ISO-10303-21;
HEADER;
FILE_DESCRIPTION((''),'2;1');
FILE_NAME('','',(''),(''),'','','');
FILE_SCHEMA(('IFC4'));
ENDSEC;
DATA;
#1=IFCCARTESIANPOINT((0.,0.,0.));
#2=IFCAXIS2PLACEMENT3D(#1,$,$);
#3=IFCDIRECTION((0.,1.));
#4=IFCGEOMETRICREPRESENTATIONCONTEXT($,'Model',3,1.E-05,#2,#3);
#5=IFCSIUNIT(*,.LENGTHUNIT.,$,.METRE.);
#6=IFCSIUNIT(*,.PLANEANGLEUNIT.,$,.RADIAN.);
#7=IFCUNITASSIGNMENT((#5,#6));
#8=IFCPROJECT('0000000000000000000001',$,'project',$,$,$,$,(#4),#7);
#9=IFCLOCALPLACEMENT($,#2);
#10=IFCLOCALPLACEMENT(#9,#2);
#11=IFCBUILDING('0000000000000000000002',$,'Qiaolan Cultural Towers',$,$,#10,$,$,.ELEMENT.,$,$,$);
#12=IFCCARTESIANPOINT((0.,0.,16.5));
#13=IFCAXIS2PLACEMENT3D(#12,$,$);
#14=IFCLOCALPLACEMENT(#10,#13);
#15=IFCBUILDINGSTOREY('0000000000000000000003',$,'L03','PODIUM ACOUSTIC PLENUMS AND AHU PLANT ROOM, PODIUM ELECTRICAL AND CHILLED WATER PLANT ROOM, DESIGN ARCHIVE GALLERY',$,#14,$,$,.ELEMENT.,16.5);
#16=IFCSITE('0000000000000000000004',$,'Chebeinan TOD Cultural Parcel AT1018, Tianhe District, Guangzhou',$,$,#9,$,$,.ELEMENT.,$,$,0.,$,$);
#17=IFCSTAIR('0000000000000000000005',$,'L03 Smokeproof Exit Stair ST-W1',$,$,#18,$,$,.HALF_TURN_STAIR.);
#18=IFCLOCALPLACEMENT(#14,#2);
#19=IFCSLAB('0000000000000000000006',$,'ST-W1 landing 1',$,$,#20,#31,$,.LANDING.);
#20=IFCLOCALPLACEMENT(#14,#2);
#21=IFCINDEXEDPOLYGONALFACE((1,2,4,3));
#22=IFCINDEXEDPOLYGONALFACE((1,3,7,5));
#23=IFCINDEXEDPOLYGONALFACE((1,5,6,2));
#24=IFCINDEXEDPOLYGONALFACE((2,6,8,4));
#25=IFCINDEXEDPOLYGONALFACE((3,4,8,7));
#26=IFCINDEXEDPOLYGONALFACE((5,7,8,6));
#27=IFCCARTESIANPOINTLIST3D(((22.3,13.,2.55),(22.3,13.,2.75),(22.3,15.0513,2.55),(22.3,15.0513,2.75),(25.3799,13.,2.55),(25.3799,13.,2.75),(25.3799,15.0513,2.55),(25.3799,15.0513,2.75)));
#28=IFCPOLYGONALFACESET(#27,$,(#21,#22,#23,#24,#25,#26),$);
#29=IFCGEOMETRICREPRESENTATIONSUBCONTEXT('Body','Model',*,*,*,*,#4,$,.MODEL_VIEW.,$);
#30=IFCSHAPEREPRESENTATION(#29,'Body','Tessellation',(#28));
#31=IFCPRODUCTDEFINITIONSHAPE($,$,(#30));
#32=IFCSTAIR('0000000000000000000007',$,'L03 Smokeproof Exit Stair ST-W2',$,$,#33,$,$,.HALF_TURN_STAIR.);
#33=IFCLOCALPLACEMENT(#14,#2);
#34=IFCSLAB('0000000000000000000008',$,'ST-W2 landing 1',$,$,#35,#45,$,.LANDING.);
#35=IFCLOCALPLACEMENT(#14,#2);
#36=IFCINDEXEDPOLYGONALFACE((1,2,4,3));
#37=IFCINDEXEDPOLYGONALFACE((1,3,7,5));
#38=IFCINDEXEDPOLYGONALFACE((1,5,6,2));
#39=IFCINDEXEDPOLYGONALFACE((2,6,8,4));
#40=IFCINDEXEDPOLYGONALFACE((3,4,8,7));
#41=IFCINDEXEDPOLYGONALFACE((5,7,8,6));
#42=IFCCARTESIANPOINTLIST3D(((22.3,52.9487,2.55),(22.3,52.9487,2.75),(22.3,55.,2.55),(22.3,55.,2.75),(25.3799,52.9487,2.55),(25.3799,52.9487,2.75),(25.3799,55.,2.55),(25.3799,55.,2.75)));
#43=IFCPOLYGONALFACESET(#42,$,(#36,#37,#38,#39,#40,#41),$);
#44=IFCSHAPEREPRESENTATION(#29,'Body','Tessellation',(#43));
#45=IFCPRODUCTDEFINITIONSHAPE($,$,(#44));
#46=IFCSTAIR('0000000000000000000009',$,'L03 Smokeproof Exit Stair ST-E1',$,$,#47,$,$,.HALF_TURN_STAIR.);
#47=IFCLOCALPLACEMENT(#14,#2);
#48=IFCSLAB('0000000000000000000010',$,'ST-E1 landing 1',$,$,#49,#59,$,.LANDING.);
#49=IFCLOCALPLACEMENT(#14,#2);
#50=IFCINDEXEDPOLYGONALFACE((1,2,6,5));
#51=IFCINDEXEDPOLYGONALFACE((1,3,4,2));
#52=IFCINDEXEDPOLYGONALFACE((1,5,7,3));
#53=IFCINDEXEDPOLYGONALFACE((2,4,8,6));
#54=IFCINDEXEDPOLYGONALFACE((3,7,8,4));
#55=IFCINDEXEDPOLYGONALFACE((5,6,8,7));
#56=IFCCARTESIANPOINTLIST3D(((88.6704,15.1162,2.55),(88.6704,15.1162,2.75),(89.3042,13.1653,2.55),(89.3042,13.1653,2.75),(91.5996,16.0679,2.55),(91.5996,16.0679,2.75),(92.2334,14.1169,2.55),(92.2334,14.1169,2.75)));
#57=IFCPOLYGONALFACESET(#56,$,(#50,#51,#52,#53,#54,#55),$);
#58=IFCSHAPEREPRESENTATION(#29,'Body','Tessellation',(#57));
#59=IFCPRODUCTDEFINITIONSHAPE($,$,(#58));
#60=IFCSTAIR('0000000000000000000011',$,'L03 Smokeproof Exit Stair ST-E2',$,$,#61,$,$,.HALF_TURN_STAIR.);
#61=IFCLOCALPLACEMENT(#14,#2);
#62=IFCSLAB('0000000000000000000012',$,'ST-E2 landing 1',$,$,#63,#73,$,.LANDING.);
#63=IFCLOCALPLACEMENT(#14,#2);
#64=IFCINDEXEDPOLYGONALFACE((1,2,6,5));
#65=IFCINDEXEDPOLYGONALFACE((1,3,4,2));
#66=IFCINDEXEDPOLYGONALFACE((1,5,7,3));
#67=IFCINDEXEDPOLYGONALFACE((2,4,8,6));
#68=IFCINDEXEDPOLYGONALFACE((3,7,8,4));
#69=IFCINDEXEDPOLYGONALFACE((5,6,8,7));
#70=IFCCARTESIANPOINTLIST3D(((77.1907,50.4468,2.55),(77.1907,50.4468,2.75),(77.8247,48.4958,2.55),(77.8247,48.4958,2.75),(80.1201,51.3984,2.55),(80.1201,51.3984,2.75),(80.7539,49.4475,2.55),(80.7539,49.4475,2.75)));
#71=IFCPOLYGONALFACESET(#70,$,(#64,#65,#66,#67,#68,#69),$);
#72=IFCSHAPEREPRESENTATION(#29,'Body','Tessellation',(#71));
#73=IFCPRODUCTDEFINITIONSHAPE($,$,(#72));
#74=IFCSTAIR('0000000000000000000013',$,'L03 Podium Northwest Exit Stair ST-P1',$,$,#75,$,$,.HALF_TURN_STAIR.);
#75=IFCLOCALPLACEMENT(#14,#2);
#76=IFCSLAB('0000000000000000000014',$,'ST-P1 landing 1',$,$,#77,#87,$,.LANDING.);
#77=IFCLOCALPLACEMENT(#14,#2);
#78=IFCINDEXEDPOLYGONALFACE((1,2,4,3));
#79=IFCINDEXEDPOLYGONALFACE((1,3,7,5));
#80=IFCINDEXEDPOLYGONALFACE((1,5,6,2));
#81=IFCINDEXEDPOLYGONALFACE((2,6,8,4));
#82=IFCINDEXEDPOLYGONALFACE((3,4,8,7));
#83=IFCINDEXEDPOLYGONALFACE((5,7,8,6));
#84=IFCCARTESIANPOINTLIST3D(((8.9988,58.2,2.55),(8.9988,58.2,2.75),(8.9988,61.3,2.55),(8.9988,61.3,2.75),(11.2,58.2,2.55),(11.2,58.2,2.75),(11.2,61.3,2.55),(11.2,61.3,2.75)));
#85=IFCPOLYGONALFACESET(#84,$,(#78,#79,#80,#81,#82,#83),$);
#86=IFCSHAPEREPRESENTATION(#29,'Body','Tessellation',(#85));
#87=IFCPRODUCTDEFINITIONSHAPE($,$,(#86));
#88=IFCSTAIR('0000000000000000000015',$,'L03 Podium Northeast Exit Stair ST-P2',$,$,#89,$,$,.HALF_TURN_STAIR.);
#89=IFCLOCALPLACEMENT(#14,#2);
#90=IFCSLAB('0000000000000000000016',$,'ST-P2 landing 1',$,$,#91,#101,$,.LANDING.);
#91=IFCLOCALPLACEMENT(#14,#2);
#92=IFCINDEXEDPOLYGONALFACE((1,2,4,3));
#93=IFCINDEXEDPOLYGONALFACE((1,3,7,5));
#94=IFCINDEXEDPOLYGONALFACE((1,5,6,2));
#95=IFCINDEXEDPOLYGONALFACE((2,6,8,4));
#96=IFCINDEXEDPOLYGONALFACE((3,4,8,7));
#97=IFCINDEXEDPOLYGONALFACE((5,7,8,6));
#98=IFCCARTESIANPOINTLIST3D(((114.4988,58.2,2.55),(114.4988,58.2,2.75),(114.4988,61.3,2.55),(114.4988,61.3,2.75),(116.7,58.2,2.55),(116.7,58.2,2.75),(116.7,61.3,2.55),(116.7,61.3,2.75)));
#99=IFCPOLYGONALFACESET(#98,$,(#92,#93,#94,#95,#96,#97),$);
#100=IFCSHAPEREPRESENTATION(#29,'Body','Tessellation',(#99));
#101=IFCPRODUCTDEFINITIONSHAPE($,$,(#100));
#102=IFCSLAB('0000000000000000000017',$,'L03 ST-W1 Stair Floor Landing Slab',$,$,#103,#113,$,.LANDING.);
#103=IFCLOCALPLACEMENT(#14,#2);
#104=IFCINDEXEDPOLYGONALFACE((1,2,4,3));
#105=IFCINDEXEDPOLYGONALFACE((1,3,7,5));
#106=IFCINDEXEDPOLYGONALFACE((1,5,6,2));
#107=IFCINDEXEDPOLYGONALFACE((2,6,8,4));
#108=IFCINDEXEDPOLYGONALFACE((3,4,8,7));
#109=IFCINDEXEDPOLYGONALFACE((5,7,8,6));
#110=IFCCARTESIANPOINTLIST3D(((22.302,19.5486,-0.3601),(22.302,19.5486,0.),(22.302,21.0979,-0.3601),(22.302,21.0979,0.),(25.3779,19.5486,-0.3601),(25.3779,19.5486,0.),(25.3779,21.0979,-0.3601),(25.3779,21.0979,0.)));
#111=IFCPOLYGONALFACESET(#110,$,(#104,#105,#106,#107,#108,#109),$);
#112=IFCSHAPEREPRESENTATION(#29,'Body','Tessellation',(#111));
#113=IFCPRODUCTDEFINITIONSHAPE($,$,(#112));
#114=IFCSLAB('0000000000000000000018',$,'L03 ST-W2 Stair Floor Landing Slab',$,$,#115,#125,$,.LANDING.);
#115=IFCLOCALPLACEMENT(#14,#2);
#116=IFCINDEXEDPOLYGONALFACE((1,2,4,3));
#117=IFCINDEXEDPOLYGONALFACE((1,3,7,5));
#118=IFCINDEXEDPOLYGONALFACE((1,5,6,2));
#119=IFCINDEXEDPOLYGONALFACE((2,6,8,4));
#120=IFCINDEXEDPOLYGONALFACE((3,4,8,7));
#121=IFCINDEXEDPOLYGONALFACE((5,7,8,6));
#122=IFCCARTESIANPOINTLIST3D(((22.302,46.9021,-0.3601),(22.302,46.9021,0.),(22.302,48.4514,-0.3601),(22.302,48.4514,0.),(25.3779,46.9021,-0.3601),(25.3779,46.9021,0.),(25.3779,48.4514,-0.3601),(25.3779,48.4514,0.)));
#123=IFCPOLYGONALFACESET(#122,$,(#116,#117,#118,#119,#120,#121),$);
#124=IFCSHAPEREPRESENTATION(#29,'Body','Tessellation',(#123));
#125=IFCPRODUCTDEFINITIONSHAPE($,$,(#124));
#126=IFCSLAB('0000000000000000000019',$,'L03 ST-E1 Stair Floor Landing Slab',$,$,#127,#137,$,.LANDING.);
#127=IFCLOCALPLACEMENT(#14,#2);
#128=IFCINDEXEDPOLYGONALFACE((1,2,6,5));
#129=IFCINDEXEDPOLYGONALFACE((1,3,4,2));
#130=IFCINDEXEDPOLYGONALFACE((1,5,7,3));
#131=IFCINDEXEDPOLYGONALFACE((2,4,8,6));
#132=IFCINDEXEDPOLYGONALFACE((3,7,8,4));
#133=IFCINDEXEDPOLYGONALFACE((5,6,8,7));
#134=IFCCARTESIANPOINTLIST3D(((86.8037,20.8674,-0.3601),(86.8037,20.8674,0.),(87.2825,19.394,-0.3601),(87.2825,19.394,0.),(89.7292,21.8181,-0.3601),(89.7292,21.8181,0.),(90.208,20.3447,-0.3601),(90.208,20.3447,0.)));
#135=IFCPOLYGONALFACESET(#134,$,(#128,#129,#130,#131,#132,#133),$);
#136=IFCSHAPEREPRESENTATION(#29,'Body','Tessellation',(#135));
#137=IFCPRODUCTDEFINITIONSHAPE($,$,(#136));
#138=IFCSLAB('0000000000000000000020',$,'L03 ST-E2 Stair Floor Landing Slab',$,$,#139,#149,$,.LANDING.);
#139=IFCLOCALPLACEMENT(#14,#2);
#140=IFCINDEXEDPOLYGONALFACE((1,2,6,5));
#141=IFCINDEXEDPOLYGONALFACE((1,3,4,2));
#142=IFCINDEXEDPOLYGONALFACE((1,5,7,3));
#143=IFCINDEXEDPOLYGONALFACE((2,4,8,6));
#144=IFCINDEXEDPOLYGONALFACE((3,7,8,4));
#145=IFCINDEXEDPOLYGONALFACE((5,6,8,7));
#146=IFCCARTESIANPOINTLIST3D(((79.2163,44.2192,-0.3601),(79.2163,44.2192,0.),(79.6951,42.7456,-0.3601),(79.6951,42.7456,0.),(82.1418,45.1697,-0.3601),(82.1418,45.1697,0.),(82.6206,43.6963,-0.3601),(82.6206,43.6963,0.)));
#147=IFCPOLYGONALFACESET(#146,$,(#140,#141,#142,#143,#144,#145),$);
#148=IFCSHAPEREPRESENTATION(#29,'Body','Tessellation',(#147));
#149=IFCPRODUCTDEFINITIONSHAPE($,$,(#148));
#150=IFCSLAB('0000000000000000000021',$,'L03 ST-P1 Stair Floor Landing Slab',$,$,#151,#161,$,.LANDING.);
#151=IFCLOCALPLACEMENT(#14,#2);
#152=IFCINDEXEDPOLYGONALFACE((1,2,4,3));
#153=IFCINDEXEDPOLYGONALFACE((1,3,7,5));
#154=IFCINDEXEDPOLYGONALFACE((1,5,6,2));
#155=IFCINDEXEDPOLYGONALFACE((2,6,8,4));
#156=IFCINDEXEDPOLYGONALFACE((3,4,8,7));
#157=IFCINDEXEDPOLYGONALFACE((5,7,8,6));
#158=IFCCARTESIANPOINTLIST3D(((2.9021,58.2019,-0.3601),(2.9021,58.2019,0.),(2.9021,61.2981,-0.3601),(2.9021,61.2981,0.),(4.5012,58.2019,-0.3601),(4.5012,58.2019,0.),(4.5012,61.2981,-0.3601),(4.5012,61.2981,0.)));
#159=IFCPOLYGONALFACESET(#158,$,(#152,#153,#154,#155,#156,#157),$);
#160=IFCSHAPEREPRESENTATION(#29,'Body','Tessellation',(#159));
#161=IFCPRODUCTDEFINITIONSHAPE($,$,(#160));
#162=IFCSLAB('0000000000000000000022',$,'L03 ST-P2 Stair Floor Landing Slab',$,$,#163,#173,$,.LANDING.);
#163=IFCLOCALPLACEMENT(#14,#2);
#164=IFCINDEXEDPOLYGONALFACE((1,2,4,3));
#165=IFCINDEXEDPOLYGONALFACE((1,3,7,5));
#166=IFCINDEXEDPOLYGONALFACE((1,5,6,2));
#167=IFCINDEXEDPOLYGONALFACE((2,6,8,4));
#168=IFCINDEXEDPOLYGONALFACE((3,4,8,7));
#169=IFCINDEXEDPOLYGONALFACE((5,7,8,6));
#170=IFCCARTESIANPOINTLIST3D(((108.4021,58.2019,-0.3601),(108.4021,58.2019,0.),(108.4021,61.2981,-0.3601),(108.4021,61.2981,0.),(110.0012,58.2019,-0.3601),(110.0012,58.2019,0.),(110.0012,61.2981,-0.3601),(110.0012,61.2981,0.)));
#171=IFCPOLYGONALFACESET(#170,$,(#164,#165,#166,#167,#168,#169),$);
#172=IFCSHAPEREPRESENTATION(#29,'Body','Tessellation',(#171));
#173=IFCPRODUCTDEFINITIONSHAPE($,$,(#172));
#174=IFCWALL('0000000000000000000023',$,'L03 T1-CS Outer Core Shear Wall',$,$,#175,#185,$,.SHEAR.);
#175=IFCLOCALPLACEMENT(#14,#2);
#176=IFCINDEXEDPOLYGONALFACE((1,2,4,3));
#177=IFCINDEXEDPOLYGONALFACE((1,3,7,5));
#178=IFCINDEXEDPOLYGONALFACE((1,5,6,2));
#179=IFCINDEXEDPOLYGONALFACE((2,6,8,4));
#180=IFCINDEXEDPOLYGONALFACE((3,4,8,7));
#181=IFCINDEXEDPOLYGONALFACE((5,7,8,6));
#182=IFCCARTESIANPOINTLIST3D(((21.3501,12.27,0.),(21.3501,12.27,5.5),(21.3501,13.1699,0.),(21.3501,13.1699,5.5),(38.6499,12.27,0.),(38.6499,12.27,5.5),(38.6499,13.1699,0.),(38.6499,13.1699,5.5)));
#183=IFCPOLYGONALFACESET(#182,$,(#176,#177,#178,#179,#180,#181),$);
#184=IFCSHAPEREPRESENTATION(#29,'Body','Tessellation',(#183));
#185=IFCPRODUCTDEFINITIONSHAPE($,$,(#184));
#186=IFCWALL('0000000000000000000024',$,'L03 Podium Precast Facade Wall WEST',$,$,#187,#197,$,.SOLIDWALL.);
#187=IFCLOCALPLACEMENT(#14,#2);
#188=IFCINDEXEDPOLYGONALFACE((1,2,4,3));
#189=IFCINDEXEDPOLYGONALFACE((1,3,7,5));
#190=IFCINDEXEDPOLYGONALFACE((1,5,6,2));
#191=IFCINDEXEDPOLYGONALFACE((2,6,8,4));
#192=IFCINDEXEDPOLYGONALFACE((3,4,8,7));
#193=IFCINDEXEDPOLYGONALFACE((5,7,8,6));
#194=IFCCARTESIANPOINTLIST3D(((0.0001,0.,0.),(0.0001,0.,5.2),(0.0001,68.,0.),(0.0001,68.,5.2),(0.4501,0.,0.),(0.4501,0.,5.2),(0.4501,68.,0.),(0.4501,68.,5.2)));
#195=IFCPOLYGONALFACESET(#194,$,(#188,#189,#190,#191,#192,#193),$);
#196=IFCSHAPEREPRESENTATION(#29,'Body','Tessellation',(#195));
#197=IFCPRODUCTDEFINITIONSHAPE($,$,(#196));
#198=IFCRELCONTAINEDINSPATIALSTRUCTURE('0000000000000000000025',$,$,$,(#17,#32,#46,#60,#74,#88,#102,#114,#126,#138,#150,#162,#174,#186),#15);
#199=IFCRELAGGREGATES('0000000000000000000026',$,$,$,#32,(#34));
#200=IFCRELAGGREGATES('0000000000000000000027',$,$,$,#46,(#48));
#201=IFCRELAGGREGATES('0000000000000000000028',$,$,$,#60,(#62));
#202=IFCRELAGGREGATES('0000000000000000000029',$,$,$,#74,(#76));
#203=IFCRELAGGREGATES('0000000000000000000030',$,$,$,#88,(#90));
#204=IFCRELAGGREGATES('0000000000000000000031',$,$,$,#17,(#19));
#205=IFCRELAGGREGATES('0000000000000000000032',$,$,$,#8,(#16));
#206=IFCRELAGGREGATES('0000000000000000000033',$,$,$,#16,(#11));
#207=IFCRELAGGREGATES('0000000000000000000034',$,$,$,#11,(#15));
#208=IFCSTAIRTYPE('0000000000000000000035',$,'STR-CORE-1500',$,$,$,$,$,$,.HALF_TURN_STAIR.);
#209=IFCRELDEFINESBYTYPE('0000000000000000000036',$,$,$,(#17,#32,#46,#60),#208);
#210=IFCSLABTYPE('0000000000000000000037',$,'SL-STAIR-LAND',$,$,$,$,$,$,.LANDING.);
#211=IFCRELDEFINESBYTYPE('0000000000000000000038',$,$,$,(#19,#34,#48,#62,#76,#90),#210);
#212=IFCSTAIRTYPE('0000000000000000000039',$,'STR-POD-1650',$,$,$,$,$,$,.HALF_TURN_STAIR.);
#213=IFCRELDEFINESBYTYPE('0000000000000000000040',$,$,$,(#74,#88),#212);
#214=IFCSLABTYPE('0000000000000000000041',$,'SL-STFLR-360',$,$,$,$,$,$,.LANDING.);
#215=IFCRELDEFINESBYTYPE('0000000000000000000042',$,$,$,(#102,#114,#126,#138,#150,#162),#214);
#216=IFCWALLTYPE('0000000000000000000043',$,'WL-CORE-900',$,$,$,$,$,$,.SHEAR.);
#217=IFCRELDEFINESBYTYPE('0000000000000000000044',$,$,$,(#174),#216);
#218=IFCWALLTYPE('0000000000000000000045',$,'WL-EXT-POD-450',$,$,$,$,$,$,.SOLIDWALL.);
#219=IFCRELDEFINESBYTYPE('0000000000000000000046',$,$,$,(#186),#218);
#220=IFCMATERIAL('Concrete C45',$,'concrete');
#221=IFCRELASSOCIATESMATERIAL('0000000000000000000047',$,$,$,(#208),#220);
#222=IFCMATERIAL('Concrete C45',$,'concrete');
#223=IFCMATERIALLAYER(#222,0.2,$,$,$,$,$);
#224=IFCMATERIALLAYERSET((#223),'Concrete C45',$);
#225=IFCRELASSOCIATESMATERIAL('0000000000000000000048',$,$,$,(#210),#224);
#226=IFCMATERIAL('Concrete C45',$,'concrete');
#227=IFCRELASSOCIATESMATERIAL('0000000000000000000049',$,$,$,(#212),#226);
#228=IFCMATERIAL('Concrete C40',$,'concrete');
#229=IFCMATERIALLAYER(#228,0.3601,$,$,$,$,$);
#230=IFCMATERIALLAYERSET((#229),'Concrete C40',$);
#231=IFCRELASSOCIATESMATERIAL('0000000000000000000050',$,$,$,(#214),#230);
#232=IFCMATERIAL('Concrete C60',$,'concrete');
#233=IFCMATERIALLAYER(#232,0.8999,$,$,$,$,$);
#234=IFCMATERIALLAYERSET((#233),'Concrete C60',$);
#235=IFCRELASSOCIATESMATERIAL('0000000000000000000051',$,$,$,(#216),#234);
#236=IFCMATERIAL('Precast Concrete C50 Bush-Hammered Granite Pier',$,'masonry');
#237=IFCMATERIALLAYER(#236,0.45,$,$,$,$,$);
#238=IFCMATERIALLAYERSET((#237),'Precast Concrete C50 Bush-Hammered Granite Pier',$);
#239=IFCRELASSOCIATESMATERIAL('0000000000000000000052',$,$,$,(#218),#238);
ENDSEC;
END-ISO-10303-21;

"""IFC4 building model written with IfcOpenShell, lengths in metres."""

from ifc_helpers import new_model, si_unit, direction, frame, frame_2d, origin, place, context, subcontext, project, spatial, polyline, rectangle, outline, extrude, material, layer, layer_set, type_object, element, aggregate, save


model = new_model("IFC4")

# Units and contexts
model_context = context("Model", 3, precision=1e-05, world=origin(), true_north=direction((0.0, 1.0)))
body_context = subcontext(model_context, "Body", "Model", "MODEL_VIEW")
ifc_project = project(units=[si_unit("LENGTHUNIT", "METRE"), si_unit("PLANEANGLEUNIT", "RADIAN")], contexts=[model_context])

# Site, building, storey
site_placement = place(None, origin())
site = spatial("IfcSite", under=ifc_project, at=site_placement, Name="Chebeinan TOD Cultural Parcel AT1018, Tianhe District, Guangzhou", CompositionType="ELEMENT", RefElevation=0.0)
building_placement = place(site_placement, origin())
building = spatial("IfcBuilding", under=site, at=building_placement, Name="Qiaolan Cultural Towers", CompositionType="ELEMENT")
storey_placement = place(building_placement, frame((0.0, 0.0, 16.5)))
storey = spatial("IfcBuildingStorey", under=building, at=storey_placement, Name="L03", Description="PODIUM ACOUSTIC PLENUMS AND AHU PLANT ROOM, PODIUM ELECTRICAL AND CHILLED WATER PLANT ROOM, DESIGN ARCHIVE GALLERY", CompositionType="ELEMENT", Elevation=16.5)

# Stairs, slabs
ifc_material_1 = material(Name="Concrete C45", Category="concrete")
stair_type_1 = type_object("IfcStairType", Name="STR-CORE-1500", PredefinedType="HALF_TURN_STAIR", material=ifc_material_1)
stair_1_placement = place(storey_placement, origin())
stair_1 = element("IfcStair", 1, at=stair_1_placement, inside=storey, type_object=stair_type_1, Name="L03 Smokeproof Exit Stair ST-W1", PredefinedType="HALF_TURN_STAIR")
ifc_material_2 = material(Name="Concrete C45", Category="concrete")
ifc_layer_1 = layer(ifc_material_2, 0.2)
ifc_layer_set_1 = layer_set([ifc_layer_1], Name="Concrete C45")
slab_type_1 = type_object("IfcSlabType", Name="SL-STAIR-LAND", PredefinedType="LANDING", material=ifc_layer_set_1)
slab_1_placement = place(storey_placement, frame((0.0, 0.0, 2.55)))
slab_1 = element("IfcSlab", 2, at=slab_1_placement, type_object=slab_type_1, Name="ST-W1 landing 1", PredefinedType="LANDING", context=body_context, shape_type="SweptSolid", body=[
    extrude(outline(polyline([(22.3, 15.0513), (22.3, 13.0), (25.3799, 13.0), (25.3799, 15.0513), (22.3, 15.0513)])), origin(), (0.0, 0.0, 1.0), 0.2),
])
stair_2_placement = place(storey_placement, origin())
stair_2 = element("IfcStair", 3, at=stair_2_placement, inside=storey, type_object=stair_type_1, Name="L03 Smokeproof Exit Stair ST-W2", PredefinedType="HALF_TURN_STAIR")
slab_2_placement = place(storey_placement, frame((0.0, 0.0, 2.55)))
slab_2 = element("IfcSlab", 4, at=slab_2_placement, type_object=slab_type_1, Name="ST-W2 landing 1", PredefinedType="LANDING", context=body_context, shape_type="SweptSolid", body=[
    extrude(outline(polyline([(25.3799, 52.9487), (25.3799, 55.0), (22.3, 55.0), (22.3, 52.9487), (25.3799, 52.9487)])), origin(), (0.0, 0.0, 1.0), 0.2),
])
aggregate(stair_2, [slab_2])
stair_3_placement = place(storey_placement, origin())
stair_3 = element("IfcStair", 5, at=stair_3_placement, inside=storey, type_object=stair_type_1, Name="L03 Smokeproof Exit Stair ST-E1", PredefinedType="HALF_TURN_STAIR")
slab_3_placement = place(storey_placement, frame((0.0, 0.0, 2.55)))
slab_3 = element("IfcSlab", 6, at=slab_3_placement, type_object=slab_type_1, Name="ST-E1 landing 1", PredefinedType="LANDING", context=body_context, shape_type="SweptSolid", body=[
    extrude(outline(polyline([(88.6704, 15.1162), (89.3042, 13.1653), (92.2334, 14.1169), (91.5996, 16.0679), (88.6704, 15.1162)])), origin(), (0.0, 0.0, 1.0), 0.2),
])
aggregate(stair_3, [slab_3])
stair_4_placement = place(storey_placement, origin())
stair_4 = element("IfcStair", 7, at=stair_4_placement, inside=storey, type_object=stair_type_1, Name="L03 Smokeproof Exit Stair ST-E2", PredefinedType="HALF_TURN_STAIR")
slab_4_placement = place(storey_placement, frame((0.0, 0.0, 2.55)))
slab_4 = element("IfcSlab", 8, at=slab_4_placement, type_object=slab_type_1, Name="ST-E2 landing 1", PredefinedType="LANDING", context=body_context, shape_type="SweptSolid", body=[
    extrude(outline(polyline([(80.7539, 49.4475), (80.1201, 51.3984), (77.1907, 50.4468), (77.8247, 48.4958), (80.7539, 49.4475)])), origin(), (0.0, 0.0, 1.0), 0.2),
])
aggregate(stair_4, [slab_4])
ifc_material_3 = material(Name="Concrete C45", Category="concrete")
stair_type_2 = type_object("IfcStairType", Name="STR-POD-1650", PredefinedType="HALF_TURN_STAIR", material=ifc_material_3)
stair_5_placement = place(storey_placement, origin())
stair_5 = element("IfcStair", 9, at=stair_5_placement, inside=storey, type_object=stair_type_2, Name="L03 Podium Northwest Exit Stair ST-P1", PredefinedType="HALF_TURN_STAIR")
slab_5_placement = place(storey_placement, frame((0.0, 0.0, 2.55)))
slab_5 = element("IfcSlab", 10, at=slab_5_placement, type_object=slab_type_1, Name="ST-P1 landing 1", PredefinedType="LANDING", context=body_context, shape_type="SweptSolid", body=[
    extrude(outline(polyline([(8.9988, 58.2), (11.2, 58.2), (11.2, 61.3), (8.9988, 61.3), (8.9988, 58.2)])), origin(), (0.0, 0.0, 1.0), 0.2),
])
aggregate(stair_5, [slab_5])
stair_6_placement = place(storey_placement, origin())
stair_6 = element("IfcStair", 11, at=stair_6_placement, inside=storey, type_object=stair_type_2, Name="L03 Podium Northeast Exit Stair ST-P2", PredefinedType="HALF_TURN_STAIR")
slab_6_placement = place(storey_placement, frame((0.0, 0.0, 2.55)))
slab_6 = element("IfcSlab", 12, at=slab_6_placement, type_object=slab_type_1, Name="ST-P2 landing 1", PredefinedType="LANDING", context=body_context, shape_type="SweptSolid", body=[
    extrude(outline(polyline([(114.4988, 58.2), (116.7, 58.2), (116.7, 61.3), (114.4988, 61.3), (114.4988, 58.2)])), origin(), (0.0, 0.0, 1.0), 0.2),
])
aggregate(stair_6, [slab_6])

# Slabs
ifc_material_4 = material(Name="Concrete C40", Category="concrete")
ifc_layer_2 = layer(ifc_material_4, 0.3601)
ifc_layer_set_2 = layer_set([ifc_layer_2], Name="Concrete C40")
slab_type_2 = type_object("IfcSlabType", Name="SL-STFLR-360", PredefinedType="LANDING", material=ifc_layer_set_2)
slab_7_placement = place(storey_placement, frame((0.0, 0.0, -0.3601)))
element("IfcSlab", 13, at=slab_7_placement, inside=storey, type_object=slab_type_2, Name="L03 ST-W1 Stair Floor Landing Slab", PredefinedType="LANDING", context=body_context, shape_type="SweptSolid", body=[
    extrude(outline(polyline([(22.302, 21.0979), (22.302, 19.5486), (25.3779, 19.5486), (25.3779, 21.0979), (22.302, 21.0979)])), origin(), (0.0, 0.0, 1.0), 0.3601),
])
slab_8_placement = place(storey_placement, frame((0.0, 0.0, -0.3601)))
element("IfcSlab", 14, at=slab_8_placement, inside=storey, type_object=slab_type_2, Name="L03 ST-W2 Stair Floor Landing Slab", PredefinedType="LANDING", context=body_context, shape_type="SweptSolid", body=[
    extrude(outline(polyline([(25.3779, 46.9021), (25.3779, 48.4514), (22.302, 48.4514), (22.302, 46.9021), (25.3779, 46.9021)])), origin(), (0.0, 0.0, 1.0), 0.3601),
])
slab_9_placement = place(storey_placement, frame((0.0, 0.0, -0.3601)))
element("IfcSlab", 15, at=slab_9_placement, inside=storey, type_object=slab_type_2, Name="L03 ST-E1 Stair Floor Landing Slab", PredefinedType="LANDING", context=body_context, shape_type="SweptSolid", body=[
    extrude(outline(polyline([(86.8037, 20.8674), (87.2825, 19.394), (90.208, 20.3447), (89.7292, 21.8181), (86.8037, 20.8674)])), origin(), (0.0, 0.0, 1.0), 0.3601),
])
slab_10_placement = place(storey_placement, frame((0.0, 0.0, -0.3601)))
element("IfcSlab", 16, at=slab_10_placement, inside=storey, type_object=slab_type_2, Name="L03 ST-E2 Stair Floor Landing Slab", PredefinedType="LANDING", context=body_context, shape_type="SweptSolid", body=[
    extrude(outline(polyline([(82.6206, 43.6963), (82.1418, 45.1697), (79.2163, 44.2192), (79.6951, 42.7456), (82.6206, 43.6963)])), origin(), (0.0, 0.0, 1.0), 0.3601),
])
slab_11_placement = place(storey_placement, frame((0.0, 0.0, -0.3601)))
element("IfcSlab", 17, at=slab_11_placement, inside=storey, type_object=slab_type_2, Name="L03 ST-P1 Stair Floor Landing Slab", PredefinedType="LANDING", context=body_context, shape_type="SweptSolid", body=[
    extrude(outline(polyline([(2.9021, 58.2019), (4.5012, 58.2019), (4.5012, 61.2981), (2.9021, 61.2981), (2.9021, 58.2019)])), origin(), (0.0, 0.0, 1.0), 0.3601),
])
slab_12_placement = place(storey_placement, frame((0.0, 0.0, -0.3601)))
element("IfcSlab", 18, at=slab_12_placement, inside=storey, type_object=slab_type_2, Name="L03 ST-P2 Stair Floor Landing Slab", PredefinedType="LANDING", context=body_context, shape_type="SweptSolid", body=[
    extrude(outline(polyline([(108.4021, 58.2019), (110.0012, 58.2019), (110.0012, 61.2981), (108.4021, 61.2981), (108.4021, 58.2019)])), origin(), (0.0, 0.0, 1.0), 0.3601),
])

# Walls
ifc_material_5 = material(Name="Concrete C60", Category="concrete")
ifc_layer_3 = layer(ifc_material_5, 0.8999)
ifc_layer_set_3 = layer_set([ifc_layer_3], Name="Concrete C60")
wall_type_1 = type_object("IfcWallType", Name="WL-CORE-900", PredefinedType="SHEAR", material=ifc_layer_set_3)
wall_1_placement = place(storey_placement, frame((21.3501, 12.72, 0.0), z_axis=(0.0, 0.0, 1.0), x_axis=(1.0, 0.0, 0.0)))
element("IfcWall", 19, at=wall_1_placement, inside=storey, type_object=wall_type_1, Name="L03 T1-CS Outer Core Shear Wall", PredefinedType="SHEAR", context=body_context, shape_type="SweptSolid", body=[
    extrude(rectangle(XDim=17.2998, YDim=0.8999, at=frame_2d((8.6499, 0.0))), origin(), (0.0, 0.0, 1.0), 5.5),
])
ifc_material_6 = material(Name="Precast Concrete C50 Bush-Hammered Granite Pier", Category="masonry")
ifc_layer_4 = layer(ifc_material_6, 0.45)
ifc_layer_set_4 = layer_set([ifc_layer_4], Name="Precast Concrete C50 Bush-Hammered Granite Pier")
wall_type_2 = type_object("IfcWallType", Name="WL-EXT-POD-450", PredefinedType="SOLIDWALL", material=ifc_layer_set_4)
wall_2_placement = place(storey_placement, frame((0.2251, 0.0, 0.0), z_axis=(0.0, 0.0, 1.0), x_axis=(0.0, 1.0, 0.0)))
element("IfcWall", 20, at=wall_2_placement, inside=storey, type_object=wall_type_2, Name="L03 Podium Precast Facade Wall WEST", PredefinedType="SOLIDWALL", context=body_context, shape_type="SweptSolid", body=[
    extrude(rectangle(XDim=68.0, YDim=0.45, at=frame_2d((34.0, 0.0))), origin(), (0.0, 0.0, 1.0), 5.2),
])

aggregate(stair_1, [slab_1])

save(model, "model.ifc")
